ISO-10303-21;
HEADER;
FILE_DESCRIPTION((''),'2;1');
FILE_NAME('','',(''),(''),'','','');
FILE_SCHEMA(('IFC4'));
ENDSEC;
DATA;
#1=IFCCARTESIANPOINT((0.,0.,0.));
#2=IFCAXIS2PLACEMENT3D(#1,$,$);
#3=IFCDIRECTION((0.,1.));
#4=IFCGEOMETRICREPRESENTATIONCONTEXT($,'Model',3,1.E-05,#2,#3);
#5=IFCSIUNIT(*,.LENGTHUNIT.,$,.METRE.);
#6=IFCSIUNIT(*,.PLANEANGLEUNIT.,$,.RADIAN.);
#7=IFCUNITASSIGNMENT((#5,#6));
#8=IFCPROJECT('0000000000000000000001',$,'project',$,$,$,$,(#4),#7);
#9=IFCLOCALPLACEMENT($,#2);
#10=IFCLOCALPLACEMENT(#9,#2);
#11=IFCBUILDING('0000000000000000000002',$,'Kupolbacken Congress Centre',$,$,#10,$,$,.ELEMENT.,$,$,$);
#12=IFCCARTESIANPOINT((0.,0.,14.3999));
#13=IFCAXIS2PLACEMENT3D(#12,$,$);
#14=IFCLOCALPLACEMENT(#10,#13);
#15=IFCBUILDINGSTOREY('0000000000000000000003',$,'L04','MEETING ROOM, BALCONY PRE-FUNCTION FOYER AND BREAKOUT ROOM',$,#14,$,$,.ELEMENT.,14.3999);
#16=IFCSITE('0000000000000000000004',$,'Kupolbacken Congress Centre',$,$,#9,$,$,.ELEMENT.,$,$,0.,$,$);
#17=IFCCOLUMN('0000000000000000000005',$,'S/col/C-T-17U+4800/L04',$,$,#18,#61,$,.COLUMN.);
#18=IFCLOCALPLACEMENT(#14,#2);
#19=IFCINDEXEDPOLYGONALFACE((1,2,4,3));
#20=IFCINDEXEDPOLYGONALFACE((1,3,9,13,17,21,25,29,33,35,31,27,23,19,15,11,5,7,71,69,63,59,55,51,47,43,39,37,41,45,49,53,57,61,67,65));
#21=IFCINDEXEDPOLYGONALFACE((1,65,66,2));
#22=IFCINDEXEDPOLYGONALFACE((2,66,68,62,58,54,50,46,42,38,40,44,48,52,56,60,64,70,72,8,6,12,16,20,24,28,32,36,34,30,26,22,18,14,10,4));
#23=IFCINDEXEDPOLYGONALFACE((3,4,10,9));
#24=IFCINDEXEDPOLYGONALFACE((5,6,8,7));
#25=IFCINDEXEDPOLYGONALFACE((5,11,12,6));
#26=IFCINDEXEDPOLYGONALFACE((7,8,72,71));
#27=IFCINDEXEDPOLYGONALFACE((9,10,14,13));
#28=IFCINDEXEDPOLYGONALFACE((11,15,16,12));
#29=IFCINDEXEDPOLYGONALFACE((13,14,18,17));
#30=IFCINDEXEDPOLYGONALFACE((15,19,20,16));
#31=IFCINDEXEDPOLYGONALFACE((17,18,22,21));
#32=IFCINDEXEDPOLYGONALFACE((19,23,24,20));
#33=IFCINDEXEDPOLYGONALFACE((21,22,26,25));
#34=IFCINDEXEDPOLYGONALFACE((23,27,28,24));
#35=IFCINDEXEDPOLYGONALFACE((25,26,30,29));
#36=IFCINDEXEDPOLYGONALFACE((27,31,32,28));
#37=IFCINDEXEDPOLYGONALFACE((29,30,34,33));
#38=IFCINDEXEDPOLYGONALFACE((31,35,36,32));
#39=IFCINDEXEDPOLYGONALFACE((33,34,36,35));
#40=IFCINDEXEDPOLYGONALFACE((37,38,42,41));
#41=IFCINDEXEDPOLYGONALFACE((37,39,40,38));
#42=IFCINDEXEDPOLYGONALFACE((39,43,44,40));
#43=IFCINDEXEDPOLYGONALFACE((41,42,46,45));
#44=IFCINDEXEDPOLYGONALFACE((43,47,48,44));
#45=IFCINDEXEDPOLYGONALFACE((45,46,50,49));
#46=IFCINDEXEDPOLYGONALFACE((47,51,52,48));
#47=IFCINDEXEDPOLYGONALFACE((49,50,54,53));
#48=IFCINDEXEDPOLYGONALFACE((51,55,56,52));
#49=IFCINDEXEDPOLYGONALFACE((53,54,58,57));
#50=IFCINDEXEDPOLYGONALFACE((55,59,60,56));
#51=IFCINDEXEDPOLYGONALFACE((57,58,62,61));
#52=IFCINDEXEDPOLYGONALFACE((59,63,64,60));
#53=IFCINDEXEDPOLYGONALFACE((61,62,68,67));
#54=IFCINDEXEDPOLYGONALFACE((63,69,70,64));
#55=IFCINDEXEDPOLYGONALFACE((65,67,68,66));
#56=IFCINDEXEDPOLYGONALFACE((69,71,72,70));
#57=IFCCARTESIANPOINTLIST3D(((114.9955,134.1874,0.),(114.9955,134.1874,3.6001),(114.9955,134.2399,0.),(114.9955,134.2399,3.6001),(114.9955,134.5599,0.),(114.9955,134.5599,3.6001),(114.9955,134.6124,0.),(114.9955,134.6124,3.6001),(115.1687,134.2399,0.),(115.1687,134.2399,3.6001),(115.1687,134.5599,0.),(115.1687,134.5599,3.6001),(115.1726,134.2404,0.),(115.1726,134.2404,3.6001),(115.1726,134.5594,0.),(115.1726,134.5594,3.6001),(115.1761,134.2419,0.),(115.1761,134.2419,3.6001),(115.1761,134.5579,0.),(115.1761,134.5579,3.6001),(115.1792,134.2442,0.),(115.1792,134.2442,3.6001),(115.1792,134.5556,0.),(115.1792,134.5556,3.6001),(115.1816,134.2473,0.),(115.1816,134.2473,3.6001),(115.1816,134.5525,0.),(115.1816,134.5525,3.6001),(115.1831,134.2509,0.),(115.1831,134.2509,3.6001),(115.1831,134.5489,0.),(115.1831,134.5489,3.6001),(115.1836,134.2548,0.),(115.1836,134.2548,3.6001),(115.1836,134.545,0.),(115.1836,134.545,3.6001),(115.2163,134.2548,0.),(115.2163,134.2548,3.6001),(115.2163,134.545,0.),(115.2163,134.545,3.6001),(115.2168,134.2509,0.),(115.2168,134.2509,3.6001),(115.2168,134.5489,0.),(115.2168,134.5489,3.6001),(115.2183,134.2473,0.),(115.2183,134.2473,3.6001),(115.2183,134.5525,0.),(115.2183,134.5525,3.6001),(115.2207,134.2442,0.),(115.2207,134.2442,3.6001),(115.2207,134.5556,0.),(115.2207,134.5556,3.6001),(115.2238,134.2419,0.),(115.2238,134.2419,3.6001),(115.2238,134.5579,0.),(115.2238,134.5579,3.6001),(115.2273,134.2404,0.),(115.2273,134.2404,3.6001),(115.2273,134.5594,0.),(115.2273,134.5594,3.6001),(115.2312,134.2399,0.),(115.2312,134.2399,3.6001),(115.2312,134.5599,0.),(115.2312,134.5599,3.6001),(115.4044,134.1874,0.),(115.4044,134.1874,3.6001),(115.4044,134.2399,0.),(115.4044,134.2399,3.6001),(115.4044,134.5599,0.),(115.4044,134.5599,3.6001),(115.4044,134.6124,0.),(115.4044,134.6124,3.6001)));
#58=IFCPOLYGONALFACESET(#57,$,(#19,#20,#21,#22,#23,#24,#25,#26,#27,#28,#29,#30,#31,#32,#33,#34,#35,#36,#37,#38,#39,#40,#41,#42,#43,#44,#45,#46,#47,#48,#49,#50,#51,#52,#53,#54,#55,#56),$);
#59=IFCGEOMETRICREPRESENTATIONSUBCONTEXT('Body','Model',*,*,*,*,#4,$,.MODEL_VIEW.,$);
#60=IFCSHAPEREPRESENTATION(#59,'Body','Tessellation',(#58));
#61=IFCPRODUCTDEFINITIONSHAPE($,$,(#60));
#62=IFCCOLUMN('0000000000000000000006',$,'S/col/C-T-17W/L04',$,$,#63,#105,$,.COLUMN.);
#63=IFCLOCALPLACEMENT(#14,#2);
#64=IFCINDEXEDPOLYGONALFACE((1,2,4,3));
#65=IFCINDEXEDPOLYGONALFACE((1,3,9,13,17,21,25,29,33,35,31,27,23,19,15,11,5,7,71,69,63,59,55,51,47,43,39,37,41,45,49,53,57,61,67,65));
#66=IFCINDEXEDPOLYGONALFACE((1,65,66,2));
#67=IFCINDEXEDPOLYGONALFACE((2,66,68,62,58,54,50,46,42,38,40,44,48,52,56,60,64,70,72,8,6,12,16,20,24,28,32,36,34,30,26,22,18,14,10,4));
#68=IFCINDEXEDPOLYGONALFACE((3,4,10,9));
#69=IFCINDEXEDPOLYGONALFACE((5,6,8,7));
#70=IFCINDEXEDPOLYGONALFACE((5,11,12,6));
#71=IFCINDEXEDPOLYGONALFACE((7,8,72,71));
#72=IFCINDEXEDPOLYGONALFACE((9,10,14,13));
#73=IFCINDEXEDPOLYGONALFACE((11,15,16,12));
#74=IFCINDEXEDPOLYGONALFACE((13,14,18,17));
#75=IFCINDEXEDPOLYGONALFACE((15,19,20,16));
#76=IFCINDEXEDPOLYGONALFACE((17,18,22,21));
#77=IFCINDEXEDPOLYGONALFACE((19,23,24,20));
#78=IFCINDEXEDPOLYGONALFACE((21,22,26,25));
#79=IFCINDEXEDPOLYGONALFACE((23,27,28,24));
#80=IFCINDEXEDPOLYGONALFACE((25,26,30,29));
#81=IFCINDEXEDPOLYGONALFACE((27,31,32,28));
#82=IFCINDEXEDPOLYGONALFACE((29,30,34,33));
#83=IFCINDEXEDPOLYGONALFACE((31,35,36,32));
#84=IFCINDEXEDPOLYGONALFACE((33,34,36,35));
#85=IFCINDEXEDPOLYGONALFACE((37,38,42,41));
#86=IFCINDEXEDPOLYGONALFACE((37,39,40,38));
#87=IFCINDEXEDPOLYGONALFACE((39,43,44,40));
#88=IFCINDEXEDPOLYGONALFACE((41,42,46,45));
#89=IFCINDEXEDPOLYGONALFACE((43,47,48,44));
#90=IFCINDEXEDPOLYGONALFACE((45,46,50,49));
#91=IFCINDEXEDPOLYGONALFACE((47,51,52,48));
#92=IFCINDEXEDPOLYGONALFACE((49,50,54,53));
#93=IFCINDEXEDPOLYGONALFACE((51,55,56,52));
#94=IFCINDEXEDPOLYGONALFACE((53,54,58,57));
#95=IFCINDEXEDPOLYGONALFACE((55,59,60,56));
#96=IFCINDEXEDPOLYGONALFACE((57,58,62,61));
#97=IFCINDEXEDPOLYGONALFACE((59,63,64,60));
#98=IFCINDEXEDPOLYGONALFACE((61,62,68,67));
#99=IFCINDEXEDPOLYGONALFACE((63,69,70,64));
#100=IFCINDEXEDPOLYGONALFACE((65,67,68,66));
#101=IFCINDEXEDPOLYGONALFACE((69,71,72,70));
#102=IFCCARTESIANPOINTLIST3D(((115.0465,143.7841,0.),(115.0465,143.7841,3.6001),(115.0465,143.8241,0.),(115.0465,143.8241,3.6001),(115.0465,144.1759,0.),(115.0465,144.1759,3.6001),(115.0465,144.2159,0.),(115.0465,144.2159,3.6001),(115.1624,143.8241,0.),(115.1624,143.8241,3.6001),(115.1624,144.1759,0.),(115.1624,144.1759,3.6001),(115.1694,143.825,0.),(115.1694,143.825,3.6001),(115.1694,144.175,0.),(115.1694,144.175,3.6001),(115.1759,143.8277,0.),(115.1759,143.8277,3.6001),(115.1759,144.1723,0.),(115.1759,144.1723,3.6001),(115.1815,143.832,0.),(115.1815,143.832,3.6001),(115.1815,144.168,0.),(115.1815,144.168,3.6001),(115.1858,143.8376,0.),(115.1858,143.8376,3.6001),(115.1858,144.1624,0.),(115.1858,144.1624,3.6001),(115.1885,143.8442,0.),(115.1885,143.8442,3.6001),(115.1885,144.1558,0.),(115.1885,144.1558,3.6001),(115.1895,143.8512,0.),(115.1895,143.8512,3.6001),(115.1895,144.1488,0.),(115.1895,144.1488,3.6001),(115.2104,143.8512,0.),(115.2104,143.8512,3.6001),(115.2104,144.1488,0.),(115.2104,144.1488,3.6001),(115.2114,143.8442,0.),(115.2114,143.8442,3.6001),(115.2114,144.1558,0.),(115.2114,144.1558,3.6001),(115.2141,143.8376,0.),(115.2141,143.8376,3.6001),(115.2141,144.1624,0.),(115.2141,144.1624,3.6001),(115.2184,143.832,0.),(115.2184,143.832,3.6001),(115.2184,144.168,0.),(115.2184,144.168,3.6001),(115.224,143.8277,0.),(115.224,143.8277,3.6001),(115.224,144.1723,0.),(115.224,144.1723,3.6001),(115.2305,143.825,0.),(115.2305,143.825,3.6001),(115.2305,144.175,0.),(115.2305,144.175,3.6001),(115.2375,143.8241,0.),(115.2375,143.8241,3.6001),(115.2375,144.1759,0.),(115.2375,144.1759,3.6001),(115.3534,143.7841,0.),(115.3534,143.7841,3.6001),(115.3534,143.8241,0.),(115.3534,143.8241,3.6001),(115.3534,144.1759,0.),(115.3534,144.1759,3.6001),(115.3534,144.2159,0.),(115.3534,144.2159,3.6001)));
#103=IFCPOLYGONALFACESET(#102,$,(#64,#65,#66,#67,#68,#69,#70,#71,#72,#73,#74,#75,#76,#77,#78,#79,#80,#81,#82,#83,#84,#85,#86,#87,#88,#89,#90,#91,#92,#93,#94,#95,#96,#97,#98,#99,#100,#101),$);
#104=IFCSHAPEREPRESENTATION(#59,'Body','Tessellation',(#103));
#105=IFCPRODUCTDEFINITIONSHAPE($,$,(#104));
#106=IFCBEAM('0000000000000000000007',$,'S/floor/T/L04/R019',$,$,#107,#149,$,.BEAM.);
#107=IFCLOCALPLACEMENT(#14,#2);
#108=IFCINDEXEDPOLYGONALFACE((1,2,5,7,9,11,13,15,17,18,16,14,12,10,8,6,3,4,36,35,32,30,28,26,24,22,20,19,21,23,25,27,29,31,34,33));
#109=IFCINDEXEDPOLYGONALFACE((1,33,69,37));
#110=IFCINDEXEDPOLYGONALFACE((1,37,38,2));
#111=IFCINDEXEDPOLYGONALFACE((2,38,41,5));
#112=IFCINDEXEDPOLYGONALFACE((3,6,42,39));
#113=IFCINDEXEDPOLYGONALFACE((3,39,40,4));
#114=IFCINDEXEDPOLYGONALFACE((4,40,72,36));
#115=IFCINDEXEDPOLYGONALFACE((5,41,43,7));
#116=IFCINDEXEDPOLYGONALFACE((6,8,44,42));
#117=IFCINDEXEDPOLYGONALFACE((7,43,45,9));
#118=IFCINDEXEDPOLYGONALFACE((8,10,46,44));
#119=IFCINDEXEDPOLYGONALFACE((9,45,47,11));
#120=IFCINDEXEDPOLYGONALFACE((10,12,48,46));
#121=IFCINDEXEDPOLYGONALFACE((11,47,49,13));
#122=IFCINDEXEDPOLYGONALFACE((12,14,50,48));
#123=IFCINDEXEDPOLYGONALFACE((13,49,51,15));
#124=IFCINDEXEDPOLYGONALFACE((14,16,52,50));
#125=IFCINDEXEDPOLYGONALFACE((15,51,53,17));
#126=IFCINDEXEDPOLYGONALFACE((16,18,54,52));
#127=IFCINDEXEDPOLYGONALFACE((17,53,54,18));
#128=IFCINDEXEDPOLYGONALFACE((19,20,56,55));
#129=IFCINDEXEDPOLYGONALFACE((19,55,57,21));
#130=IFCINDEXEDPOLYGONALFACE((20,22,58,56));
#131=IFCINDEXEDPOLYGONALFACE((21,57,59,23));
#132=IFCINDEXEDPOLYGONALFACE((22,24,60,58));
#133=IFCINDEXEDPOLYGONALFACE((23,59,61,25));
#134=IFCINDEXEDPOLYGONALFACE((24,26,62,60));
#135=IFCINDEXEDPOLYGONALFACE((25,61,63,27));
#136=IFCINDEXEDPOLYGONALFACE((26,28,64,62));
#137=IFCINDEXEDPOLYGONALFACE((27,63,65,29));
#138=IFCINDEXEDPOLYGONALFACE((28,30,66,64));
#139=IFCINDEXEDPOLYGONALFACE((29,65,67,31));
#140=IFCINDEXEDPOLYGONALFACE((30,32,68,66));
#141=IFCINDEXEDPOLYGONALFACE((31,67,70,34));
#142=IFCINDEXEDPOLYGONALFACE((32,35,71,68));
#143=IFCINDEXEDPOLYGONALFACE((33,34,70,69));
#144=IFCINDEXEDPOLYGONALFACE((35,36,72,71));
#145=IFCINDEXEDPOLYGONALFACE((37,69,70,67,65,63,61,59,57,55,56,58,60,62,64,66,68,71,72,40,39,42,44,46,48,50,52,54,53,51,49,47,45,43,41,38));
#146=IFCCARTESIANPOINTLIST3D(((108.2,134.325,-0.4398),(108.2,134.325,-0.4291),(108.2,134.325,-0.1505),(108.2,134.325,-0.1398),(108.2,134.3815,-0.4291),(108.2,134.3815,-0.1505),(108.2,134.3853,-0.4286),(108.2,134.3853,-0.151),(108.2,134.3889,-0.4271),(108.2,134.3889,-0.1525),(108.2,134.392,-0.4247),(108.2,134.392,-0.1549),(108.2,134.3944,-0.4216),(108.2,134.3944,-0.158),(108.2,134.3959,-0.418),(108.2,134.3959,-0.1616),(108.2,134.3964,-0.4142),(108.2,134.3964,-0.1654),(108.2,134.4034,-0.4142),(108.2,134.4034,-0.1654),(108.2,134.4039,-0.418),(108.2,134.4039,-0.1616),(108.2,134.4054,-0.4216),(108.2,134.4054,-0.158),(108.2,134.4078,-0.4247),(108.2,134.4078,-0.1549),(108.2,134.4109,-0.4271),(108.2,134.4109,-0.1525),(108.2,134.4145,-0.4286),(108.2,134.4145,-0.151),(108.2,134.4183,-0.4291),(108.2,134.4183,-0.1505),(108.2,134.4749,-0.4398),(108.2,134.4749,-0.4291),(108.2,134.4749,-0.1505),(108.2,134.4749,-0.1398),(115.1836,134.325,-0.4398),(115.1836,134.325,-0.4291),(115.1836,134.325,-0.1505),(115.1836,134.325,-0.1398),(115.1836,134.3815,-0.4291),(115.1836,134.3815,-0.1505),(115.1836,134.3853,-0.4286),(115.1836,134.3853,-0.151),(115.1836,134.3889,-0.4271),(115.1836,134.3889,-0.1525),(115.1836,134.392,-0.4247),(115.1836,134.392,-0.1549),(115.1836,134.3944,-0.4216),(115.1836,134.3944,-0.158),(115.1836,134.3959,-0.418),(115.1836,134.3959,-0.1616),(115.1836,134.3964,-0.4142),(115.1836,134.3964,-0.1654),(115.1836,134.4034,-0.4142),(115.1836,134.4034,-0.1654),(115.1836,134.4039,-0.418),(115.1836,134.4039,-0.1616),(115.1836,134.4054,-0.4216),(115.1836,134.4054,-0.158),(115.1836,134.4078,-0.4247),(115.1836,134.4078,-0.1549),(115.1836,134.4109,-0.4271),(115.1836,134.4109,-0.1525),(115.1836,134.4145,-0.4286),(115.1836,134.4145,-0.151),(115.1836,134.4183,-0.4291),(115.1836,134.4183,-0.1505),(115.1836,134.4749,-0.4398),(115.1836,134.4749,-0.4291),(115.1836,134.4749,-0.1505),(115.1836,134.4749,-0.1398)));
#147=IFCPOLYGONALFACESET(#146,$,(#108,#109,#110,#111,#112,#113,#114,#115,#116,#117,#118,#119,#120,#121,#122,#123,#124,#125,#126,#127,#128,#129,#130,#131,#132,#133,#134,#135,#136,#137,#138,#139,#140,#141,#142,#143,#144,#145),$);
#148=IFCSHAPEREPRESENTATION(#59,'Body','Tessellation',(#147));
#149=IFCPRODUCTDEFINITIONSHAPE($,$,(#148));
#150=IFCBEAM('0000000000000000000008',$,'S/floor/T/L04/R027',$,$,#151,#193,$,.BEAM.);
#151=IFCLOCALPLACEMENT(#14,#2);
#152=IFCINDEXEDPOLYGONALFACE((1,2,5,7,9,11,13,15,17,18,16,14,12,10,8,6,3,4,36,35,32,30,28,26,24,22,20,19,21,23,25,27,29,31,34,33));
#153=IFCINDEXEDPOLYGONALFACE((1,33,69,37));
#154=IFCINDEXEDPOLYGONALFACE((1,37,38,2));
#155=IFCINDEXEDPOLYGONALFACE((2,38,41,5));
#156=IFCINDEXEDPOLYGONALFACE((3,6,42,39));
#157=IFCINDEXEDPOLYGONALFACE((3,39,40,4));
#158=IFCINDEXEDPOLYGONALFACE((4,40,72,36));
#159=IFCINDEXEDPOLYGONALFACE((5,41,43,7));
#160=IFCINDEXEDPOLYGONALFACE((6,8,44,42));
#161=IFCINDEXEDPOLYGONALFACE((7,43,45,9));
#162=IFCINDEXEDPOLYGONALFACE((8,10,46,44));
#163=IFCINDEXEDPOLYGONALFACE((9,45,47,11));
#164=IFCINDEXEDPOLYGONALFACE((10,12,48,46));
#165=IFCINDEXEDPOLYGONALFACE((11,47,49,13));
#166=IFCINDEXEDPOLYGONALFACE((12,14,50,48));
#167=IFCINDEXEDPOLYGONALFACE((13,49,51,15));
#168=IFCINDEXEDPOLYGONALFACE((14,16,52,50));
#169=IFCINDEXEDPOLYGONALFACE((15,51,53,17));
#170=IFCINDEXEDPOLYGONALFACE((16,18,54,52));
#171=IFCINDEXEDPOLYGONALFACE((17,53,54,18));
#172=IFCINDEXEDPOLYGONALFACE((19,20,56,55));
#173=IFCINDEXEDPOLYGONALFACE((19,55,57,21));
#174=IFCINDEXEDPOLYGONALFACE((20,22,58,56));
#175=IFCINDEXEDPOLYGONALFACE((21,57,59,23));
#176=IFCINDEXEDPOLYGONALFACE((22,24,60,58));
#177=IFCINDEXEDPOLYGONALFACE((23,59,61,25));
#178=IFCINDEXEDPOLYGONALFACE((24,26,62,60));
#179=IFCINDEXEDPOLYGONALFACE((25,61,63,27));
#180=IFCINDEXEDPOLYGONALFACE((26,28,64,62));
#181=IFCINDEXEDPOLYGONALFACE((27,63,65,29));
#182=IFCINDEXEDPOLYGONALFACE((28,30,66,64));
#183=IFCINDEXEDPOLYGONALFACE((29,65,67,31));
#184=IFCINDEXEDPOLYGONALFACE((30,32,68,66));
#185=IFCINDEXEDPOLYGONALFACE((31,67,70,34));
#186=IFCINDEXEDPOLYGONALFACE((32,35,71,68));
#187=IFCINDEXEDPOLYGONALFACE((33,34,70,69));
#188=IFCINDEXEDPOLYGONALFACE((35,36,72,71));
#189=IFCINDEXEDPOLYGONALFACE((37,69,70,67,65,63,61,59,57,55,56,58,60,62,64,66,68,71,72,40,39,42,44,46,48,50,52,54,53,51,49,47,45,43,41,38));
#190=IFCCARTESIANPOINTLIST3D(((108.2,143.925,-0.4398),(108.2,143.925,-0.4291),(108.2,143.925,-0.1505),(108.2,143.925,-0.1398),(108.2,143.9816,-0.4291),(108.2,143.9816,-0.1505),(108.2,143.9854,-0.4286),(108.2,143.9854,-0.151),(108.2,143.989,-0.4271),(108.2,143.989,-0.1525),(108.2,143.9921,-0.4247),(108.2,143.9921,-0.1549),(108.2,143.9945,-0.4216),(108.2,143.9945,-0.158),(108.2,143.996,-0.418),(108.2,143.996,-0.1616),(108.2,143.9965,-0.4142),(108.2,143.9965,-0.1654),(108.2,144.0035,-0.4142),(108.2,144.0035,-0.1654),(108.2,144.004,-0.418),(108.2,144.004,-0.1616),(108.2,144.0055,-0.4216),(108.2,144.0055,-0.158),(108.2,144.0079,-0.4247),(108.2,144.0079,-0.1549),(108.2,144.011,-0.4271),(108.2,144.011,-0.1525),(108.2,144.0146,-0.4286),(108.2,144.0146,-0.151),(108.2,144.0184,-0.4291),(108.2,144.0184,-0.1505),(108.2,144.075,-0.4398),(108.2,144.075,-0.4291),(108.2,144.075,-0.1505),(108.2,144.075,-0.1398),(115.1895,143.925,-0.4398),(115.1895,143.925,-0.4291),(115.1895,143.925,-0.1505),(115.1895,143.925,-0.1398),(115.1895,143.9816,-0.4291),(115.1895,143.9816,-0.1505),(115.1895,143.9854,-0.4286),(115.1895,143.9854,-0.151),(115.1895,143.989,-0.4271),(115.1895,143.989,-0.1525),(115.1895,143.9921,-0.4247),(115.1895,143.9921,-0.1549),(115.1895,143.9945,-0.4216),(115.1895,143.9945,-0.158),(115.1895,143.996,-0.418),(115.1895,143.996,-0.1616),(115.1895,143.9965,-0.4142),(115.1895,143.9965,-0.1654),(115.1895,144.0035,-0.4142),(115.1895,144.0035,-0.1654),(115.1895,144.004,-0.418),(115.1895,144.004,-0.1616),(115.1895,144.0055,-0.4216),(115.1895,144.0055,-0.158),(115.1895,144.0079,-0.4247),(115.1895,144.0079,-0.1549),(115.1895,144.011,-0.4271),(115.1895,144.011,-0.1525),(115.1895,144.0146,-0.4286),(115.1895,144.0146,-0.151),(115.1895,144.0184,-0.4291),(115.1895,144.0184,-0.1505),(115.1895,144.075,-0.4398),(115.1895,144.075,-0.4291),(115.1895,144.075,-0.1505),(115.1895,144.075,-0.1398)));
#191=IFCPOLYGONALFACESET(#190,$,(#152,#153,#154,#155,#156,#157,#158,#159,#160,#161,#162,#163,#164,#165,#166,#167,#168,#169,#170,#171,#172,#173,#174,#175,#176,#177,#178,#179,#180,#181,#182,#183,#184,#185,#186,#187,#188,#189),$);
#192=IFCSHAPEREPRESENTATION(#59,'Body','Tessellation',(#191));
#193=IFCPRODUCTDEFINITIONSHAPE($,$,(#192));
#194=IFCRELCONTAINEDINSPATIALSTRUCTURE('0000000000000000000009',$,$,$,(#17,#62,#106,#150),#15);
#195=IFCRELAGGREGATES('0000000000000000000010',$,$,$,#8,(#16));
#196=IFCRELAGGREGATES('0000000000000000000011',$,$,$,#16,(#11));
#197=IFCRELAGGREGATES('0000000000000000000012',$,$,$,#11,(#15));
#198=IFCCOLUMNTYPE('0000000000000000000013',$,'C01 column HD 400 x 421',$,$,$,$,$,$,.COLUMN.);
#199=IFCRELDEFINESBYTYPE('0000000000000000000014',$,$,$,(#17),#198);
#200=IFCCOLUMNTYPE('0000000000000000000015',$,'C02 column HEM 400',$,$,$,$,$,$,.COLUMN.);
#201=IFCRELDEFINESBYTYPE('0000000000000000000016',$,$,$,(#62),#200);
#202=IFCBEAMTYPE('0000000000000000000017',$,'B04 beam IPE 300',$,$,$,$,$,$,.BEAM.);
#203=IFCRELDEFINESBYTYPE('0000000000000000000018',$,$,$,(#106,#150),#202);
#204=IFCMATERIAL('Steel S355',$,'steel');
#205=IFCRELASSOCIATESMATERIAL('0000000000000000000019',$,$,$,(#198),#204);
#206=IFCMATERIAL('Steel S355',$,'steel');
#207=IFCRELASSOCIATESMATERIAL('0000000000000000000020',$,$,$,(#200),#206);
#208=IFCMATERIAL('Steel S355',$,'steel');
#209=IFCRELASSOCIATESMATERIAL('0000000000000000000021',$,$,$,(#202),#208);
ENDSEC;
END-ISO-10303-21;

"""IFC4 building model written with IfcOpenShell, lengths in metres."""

from ifc_helpers import new_model, si_unit, direction, frame, origin, origin_2d, place, context, subcontext, project, spatial, i_section, extrude, material, material_profile, profile_set, type_object, element, save


model = new_model("IFC4")

# Units and contexts
model_context = context("Model", 3, precision=1e-05, world=origin(), true_north=direction((0.0, 1.0)))
body_context = subcontext(model_context, "Body", "Model", "MODEL_VIEW")
ifc_project = project(units=[si_unit("LENGTHUNIT", "METRE"), si_unit("PLANEANGLEUNIT", "RADIAN")], contexts=[model_context])

# Site, building, storey
site_placement = place(None, origin())
site = spatial("IfcSite", under=ifc_project, at=site_placement, Name="Kupolbacken Congress Centre", CompositionType="ELEMENT", RefElevation=0.0)
building_placement = place(site_placement, origin())
building = spatial("IfcBuilding", under=site, at=building_placement, Name="Kupolbacken Congress Centre", CompositionType="ELEMENT")
storey_placement = place(building_placement, frame((0.0, 0.0, 14.3999)))
storey = spatial("IfcBuildingStorey", under=building, at=storey_placement, Name="L04", Description="MEETING ROOM, BALCONY PRE-FUNCTION FOYER AND BREAKOUT ROOM", CompositionType="ELEMENT", Elevation=14.3999)

# Columns
ifc_material_1 = material(Name="Steel S355", Category="steel")
ifc_material_profile_1 = material_profile(ifc_material_1, i_section(OverallWidth=0.4089, OverallDepth=0.425, WebThickness=0.0327, FlangeThickness=0.0525, FilletRadius=0.0149, at=origin_2d()), Name="HD 400 x 421")
ifc_profile_set_1 = profile_set([ifc_material_profile_1], Name="Steel S355")
column_type_1 = type_object("IfcColumnType", Name="C01 column HD 400 x 421", PredefinedType="COLUMN", material=ifc_profile_set_1)
column_1_placement = place(storey_placement, frame((115.2, 134.3999, 0.0), z_axis=(0.0, 0.0, 1.0), x_axis=(1.0, 0.0, 0.0)))
element("IfcColumn", 1, at=column_1_placement, inside=storey, type_object=column_type_1, Name="S/col/C-T-17U+4800/L04", PredefinedType="COLUMN", context=body_context, shape_type="SweptSolid", body=[
    extrude(i_section(OverallWidth=0.4089, OverallDepth=0.425, WebThickness=0.0327, FlangeThickness=0.0525, FilletRadius=0.0149, at=origin_2d()), origin(), (0.0, 0.0, 1.0), 3.6001),
])
ifc_material_2 = material(Name="Steel S355", Category="steel")
ifc_material_profile_2 = material_profile(ifc_material_2, i_section(OverallWidth=0.3069, OverallDepth=0.4319, WebThickness=0.021, FlangeThickness=0.04, FilletRadius=0.0271, at=origin_2d()), Name="HEM 400")
ifc_profile_set_2 = profile_set([ifc_material_profile_2], Name="Steel S355")
column_type_2 = type_object("IfcColumnType", Name="C02 column HEM 400", PredefinedType="COLUMN", material=ifc_profile_set_2)
column_2_placement = place(storey_placement, frame((115.2, 144.0, 0.0), z_axis=(0.0, 0.0, 1.0), x_axis=(1.0, 0.0, 0.0)))
element("IfcColumn", 2, at=column_2_placement, inside=storey, type_object=column_type_2, Name="S/col/C-T-17W/L04", PredefinedType="COLUMN", context=body_context, shape_type="SweptSolid", body=[
    extrude(i_section(OverallWidth=0.3069, OverallDepth=0.4319, WebThickness=0.021, FlangeThickness=0.04, FilletRadius=0.0271, at=origin_2d()), origin(), (0.0, 0.0, 1.0), 3.6001),
])

# Beams
ifc_material_3 = material(Name="Steel S355", Category="steel")
ifc_material_profile_3 = material_profile(ifc_material_3, i_section(OverallWidth=0.1499, OverallDepth=0.3, WebThickness=0.0071, FlangeThickness=0.0107, FilletRadius=0.0149, at=origin_2d()), Name="IPE 300")
ifc_profile_set_3 = profile_set([ifc_material_profile_3], Name="Steel S355")
beam_type_1 = type_object("IfcBeamType", Name="B04 beam IPE 300", PredefinedType="BEAM", material=ifc_profile_set_3)
beam_1_placement = place(storey_placement, frame((108.2, 134.3999, -0.2898), z_axis=(1.0, 0.0, 0.0), x_axis=(0.0, 1.0, 0.0)))
element("IfcBeam", 3, at=beam_1_placement, inside=storey, type_object=beam_type_1, Name="S/floor/T/L04/R019", PredefinedType="BEAM", context=body_context, shape_type="SweptSolid", body=[
    extrude(i_section(OverallWidth=0.1499, OverallDepth=0.3, WebThickness=0.0071, FlangeThickness=0.0107, FilletRadius=0.0149, at=origin_2d()), origin(), (0.0, 0.0, 1.0), 6.9836),
])
beam_2_placement = place(storey_placement, frame((108.2, 144.0, -0.2898), z_axis=(1.0, 0.0, 0.0), x_axis=(0.0, 1.0, 0.0)))
element("IfcBeam", 4, at=beam_2_placement, inside=storey, type_object=beam_type_1, Name="S/floor/T/L04/R027", PredefinedType="BEAM", context=body_context, shape_type="SweptSolid", body=[
    extrude(i_section(OverallWidth=0.1499, OverallDepth=0.3, WebThickness=0.0071, FlangeThickness=0.0107, FilletRadius=0.0149, at=origin_2d()), origin(), (0.0, 0.0, 1.0), 6.9895),
])

save(model, "model.ifc")
